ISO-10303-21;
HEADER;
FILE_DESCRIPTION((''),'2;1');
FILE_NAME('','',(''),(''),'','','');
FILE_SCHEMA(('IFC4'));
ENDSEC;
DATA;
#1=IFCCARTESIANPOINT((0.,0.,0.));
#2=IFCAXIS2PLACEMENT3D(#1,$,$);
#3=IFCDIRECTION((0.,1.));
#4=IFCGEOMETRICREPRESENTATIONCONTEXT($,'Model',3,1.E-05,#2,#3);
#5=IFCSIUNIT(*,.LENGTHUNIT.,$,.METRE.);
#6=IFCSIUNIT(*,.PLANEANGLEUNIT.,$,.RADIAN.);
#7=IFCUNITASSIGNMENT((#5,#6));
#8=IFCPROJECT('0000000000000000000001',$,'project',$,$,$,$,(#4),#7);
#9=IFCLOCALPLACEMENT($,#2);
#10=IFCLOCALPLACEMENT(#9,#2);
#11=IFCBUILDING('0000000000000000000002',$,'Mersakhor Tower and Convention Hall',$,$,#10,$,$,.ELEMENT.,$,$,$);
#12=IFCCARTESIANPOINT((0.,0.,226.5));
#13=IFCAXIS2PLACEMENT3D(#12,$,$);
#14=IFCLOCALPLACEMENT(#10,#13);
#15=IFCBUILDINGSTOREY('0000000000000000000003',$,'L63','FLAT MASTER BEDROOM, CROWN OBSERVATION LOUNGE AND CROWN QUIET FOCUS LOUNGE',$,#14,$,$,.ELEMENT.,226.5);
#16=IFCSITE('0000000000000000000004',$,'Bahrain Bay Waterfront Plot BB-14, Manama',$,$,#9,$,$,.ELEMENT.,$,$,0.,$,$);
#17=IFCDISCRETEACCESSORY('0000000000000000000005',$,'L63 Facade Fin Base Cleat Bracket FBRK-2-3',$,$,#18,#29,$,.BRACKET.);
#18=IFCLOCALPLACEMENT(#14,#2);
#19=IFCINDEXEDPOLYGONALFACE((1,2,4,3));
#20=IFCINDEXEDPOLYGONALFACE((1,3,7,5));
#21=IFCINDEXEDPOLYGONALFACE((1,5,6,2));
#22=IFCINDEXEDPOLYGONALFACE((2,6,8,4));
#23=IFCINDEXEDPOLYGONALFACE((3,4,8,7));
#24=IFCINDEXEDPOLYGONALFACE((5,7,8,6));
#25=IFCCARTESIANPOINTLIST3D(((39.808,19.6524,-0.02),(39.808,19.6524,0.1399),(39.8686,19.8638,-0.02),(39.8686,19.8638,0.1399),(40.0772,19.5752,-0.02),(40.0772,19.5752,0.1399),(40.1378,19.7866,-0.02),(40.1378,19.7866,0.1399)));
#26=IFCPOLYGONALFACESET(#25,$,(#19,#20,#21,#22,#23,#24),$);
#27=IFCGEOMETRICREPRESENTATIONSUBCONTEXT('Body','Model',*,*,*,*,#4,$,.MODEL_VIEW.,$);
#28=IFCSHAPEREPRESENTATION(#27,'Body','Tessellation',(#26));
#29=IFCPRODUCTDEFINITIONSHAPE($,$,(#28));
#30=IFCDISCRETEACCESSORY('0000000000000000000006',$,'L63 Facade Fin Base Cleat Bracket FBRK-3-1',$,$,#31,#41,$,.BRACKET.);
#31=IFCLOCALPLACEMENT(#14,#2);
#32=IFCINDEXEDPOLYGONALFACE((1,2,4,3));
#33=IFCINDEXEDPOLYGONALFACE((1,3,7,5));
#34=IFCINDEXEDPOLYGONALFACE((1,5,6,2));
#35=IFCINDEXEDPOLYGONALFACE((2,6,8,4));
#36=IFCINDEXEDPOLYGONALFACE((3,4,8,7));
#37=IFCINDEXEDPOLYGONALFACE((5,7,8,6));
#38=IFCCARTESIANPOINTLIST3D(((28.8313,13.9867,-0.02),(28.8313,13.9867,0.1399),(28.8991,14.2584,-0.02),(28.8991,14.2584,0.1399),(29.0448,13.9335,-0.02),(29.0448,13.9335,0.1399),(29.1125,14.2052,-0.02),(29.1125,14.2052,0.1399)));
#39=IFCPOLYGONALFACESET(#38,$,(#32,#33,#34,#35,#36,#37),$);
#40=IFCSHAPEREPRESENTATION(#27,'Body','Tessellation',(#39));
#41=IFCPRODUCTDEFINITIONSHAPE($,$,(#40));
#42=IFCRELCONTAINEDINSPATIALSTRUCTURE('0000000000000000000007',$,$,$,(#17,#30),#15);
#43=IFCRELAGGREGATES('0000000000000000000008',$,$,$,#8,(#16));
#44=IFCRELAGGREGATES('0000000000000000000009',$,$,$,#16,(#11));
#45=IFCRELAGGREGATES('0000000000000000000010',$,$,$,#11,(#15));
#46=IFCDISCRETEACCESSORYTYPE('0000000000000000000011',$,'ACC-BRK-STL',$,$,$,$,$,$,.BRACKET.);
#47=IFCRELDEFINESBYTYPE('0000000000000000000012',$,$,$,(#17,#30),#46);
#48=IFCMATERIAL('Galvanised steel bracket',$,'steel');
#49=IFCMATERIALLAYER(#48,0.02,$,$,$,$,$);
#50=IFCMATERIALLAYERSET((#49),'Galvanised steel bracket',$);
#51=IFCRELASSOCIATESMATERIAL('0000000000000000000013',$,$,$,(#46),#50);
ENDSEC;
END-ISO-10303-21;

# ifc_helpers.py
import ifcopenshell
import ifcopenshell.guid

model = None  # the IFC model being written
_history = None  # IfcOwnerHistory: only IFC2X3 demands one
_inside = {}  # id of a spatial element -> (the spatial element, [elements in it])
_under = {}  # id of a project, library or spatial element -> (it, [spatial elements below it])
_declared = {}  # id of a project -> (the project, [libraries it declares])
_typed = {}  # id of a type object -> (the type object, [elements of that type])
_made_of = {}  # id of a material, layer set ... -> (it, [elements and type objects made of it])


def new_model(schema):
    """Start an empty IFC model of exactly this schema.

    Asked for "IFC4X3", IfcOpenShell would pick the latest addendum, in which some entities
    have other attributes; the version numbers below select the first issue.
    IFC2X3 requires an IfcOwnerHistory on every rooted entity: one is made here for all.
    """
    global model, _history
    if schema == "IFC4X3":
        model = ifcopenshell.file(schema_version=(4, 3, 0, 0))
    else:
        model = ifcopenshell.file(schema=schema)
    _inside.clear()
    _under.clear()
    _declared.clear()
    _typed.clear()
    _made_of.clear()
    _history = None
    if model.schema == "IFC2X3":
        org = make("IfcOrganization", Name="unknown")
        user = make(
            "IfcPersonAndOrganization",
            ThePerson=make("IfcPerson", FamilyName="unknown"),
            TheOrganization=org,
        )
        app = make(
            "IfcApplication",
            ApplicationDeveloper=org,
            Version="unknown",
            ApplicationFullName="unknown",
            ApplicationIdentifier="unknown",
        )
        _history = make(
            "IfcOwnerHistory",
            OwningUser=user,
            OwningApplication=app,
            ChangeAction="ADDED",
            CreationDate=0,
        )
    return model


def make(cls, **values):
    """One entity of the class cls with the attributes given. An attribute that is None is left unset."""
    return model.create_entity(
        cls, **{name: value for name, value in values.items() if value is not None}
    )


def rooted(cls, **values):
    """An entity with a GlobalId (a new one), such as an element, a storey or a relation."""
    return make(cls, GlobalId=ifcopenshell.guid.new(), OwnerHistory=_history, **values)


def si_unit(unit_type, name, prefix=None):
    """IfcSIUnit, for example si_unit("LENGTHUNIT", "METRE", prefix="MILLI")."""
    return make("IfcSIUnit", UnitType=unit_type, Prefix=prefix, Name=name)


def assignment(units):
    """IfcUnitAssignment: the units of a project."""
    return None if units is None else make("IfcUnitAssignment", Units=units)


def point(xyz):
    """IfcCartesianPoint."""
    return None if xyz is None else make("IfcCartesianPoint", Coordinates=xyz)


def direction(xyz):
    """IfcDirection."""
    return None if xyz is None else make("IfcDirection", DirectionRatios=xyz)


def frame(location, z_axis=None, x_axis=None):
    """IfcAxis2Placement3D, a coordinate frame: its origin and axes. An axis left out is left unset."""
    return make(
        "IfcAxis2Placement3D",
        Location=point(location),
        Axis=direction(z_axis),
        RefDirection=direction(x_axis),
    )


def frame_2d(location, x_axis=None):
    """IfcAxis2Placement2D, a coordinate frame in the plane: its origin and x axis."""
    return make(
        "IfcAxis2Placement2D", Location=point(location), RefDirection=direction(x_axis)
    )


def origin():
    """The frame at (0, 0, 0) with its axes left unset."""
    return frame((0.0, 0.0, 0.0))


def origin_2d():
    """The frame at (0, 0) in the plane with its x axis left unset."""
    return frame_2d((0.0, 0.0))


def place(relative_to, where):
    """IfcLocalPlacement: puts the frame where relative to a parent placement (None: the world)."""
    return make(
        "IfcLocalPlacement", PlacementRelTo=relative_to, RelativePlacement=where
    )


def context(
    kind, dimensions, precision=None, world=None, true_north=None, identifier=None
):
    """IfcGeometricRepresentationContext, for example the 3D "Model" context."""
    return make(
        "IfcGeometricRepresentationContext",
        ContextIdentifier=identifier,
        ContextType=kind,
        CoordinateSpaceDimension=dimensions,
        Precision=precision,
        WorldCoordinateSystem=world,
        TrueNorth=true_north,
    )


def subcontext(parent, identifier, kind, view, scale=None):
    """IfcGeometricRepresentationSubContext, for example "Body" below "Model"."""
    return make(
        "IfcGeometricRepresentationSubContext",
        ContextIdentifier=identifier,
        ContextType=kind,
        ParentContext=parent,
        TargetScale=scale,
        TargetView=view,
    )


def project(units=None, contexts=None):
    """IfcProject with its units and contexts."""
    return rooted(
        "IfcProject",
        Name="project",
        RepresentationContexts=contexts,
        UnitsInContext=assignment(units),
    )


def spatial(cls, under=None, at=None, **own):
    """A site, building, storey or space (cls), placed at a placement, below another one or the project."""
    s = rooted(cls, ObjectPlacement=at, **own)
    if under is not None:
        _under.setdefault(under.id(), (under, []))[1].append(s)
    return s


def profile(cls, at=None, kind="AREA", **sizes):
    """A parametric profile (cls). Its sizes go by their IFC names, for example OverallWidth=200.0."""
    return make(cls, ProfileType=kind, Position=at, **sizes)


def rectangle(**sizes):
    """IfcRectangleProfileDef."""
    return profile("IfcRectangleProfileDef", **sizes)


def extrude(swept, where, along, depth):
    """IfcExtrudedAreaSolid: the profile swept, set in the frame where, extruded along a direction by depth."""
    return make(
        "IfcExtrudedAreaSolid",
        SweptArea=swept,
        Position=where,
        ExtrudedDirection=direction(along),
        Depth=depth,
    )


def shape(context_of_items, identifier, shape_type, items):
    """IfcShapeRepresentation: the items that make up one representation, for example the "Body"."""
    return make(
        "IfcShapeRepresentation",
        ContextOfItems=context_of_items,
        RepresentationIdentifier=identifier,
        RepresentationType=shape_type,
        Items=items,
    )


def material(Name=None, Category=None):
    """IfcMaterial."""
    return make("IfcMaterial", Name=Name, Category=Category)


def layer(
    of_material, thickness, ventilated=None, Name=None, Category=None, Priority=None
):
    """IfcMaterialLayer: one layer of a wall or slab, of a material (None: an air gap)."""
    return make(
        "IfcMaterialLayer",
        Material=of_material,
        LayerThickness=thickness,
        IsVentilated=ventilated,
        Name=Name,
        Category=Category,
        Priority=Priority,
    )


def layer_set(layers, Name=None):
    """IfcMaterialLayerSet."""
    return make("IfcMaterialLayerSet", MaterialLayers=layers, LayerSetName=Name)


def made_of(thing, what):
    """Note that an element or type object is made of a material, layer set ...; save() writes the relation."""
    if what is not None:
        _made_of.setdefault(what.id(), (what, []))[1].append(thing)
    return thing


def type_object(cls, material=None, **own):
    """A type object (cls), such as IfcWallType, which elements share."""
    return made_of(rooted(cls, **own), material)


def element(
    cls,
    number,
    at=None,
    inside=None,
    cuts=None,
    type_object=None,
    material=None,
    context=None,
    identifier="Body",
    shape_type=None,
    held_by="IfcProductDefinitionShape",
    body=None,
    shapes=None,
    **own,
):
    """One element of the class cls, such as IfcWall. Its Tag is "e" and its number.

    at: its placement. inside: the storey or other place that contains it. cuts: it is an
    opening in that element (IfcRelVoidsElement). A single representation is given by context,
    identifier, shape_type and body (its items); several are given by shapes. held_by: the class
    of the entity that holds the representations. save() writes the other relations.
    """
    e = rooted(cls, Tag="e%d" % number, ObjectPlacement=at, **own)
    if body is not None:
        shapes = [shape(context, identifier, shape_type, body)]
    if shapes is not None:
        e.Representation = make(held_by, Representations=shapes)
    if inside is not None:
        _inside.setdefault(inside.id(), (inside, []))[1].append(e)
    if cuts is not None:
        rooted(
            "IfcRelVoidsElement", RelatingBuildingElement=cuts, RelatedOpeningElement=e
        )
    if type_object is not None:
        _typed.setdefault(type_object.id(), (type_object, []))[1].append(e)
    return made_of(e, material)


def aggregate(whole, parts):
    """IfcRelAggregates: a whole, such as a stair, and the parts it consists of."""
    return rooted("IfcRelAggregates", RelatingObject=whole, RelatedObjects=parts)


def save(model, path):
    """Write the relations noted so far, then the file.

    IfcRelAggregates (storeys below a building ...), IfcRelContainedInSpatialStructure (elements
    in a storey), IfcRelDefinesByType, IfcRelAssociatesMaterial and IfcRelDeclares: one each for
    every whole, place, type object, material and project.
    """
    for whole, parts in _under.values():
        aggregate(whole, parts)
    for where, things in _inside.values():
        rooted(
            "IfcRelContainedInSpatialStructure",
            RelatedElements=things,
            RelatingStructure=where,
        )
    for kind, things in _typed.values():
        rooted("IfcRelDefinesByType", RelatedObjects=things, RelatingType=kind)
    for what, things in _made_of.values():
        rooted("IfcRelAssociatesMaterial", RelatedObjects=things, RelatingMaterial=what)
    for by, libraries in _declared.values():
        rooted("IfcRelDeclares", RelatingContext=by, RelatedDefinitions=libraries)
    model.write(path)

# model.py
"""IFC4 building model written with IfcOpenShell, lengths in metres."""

from ifc_helpers import new_model, si_unit, direction, frame, origin, origin_2d, place, context, subcontext, project, spatial, rectangle, extrude, material, layer, layer_set, type_object, element, save


model = new_model("IFC4")

# Units and contexts
model_context = context("Model", 3, precision=1e-05, world=origin(), true_north=direction((0.0, 1.0)))
body_context = subcontext(model_context, "Body", "Model", "MODEL_VIEW")
ifc_project = project(units=[si_unit("LENGTHUNIT", "METRE"), si_unit("PLANEANGLEUNIT", "RADIAN")], contexts=[model_context])

# Site, building, storey
site_placement = place(None, origin())
site = spatial("IfcSite", under=ifc_project, at=site_placement, Name="Bahrain Bay Waterfront Plot BB-14, Manama", CompositionType="ELEMENT", RefElevation=0.0)
building_placement = place(site_placement, origin())
building = spatial("IfcBuilding", under=site, at=building_placement, Name="Mersakhor Tower and Convention Hall", CompositionType="ELEMENT")
storey_placement = place(building_placement, frame((0.0, 0.0, 226.5)))
storey = spatial("IfcBuildingStorey", under=building, at=storey_placement, Name="L63", Description="FLAT MASTER BEDROOM, CROWN OBSERVATION LOUNGE AND CROWN QUIET FOCUS LOUNGE", CompositionType="ELEMENT", Elevation=226.5)

# Discrete accessories
ifc_material_1 = material(Name="Galvanised steel bracket", Category="steel")
ifc_layer_1 = layer(ifc_material_1, 0.02)
ifc_layer_set_1 = layer_set([ifc_layer_1], Name="Galvanised steel bracket")
discrete_accessory_type = type_object("IfcDiscreteAccessoryType", Name="ACC-BRK-STL", PredefinedType="BRACKET", material=ifc_layer_set_1)
for number, where, z_axis, x_axis, name in (
    (1, (39.9729, 19.7195, -0.02), (0.0, 0.0, 1.0), (0.961262, -0.275637, 0.0), "L63 Facade Fin Base Cleat Bracket FBRK-2-3"),
    (2, (28.9719, 14.0959, -0.02), (0.0, 0.0, 1.0), (-0.241922, -0.970296, 0.0), "L63 Facade Fin Base Cleat Bracket FBRK-3-1"),
):
    element("IfcDiscreteAccessory", number, at=place(storey_placement, frame(where, z_axis=z_axis, x_axis=x_axis)), inside=storey, type_object=discrete_accessory_type, Name=name, PredefinedType="BRACKET", context=body_context, shape_type="SweptSolid", body=[
        extrude(rectangle(XDim=0.28, YDim=0.22, at=origin_2d()), origin(), (0.0, 0.0, 1.0), 0.1599),
    ])

save(model, "model.ifc")
